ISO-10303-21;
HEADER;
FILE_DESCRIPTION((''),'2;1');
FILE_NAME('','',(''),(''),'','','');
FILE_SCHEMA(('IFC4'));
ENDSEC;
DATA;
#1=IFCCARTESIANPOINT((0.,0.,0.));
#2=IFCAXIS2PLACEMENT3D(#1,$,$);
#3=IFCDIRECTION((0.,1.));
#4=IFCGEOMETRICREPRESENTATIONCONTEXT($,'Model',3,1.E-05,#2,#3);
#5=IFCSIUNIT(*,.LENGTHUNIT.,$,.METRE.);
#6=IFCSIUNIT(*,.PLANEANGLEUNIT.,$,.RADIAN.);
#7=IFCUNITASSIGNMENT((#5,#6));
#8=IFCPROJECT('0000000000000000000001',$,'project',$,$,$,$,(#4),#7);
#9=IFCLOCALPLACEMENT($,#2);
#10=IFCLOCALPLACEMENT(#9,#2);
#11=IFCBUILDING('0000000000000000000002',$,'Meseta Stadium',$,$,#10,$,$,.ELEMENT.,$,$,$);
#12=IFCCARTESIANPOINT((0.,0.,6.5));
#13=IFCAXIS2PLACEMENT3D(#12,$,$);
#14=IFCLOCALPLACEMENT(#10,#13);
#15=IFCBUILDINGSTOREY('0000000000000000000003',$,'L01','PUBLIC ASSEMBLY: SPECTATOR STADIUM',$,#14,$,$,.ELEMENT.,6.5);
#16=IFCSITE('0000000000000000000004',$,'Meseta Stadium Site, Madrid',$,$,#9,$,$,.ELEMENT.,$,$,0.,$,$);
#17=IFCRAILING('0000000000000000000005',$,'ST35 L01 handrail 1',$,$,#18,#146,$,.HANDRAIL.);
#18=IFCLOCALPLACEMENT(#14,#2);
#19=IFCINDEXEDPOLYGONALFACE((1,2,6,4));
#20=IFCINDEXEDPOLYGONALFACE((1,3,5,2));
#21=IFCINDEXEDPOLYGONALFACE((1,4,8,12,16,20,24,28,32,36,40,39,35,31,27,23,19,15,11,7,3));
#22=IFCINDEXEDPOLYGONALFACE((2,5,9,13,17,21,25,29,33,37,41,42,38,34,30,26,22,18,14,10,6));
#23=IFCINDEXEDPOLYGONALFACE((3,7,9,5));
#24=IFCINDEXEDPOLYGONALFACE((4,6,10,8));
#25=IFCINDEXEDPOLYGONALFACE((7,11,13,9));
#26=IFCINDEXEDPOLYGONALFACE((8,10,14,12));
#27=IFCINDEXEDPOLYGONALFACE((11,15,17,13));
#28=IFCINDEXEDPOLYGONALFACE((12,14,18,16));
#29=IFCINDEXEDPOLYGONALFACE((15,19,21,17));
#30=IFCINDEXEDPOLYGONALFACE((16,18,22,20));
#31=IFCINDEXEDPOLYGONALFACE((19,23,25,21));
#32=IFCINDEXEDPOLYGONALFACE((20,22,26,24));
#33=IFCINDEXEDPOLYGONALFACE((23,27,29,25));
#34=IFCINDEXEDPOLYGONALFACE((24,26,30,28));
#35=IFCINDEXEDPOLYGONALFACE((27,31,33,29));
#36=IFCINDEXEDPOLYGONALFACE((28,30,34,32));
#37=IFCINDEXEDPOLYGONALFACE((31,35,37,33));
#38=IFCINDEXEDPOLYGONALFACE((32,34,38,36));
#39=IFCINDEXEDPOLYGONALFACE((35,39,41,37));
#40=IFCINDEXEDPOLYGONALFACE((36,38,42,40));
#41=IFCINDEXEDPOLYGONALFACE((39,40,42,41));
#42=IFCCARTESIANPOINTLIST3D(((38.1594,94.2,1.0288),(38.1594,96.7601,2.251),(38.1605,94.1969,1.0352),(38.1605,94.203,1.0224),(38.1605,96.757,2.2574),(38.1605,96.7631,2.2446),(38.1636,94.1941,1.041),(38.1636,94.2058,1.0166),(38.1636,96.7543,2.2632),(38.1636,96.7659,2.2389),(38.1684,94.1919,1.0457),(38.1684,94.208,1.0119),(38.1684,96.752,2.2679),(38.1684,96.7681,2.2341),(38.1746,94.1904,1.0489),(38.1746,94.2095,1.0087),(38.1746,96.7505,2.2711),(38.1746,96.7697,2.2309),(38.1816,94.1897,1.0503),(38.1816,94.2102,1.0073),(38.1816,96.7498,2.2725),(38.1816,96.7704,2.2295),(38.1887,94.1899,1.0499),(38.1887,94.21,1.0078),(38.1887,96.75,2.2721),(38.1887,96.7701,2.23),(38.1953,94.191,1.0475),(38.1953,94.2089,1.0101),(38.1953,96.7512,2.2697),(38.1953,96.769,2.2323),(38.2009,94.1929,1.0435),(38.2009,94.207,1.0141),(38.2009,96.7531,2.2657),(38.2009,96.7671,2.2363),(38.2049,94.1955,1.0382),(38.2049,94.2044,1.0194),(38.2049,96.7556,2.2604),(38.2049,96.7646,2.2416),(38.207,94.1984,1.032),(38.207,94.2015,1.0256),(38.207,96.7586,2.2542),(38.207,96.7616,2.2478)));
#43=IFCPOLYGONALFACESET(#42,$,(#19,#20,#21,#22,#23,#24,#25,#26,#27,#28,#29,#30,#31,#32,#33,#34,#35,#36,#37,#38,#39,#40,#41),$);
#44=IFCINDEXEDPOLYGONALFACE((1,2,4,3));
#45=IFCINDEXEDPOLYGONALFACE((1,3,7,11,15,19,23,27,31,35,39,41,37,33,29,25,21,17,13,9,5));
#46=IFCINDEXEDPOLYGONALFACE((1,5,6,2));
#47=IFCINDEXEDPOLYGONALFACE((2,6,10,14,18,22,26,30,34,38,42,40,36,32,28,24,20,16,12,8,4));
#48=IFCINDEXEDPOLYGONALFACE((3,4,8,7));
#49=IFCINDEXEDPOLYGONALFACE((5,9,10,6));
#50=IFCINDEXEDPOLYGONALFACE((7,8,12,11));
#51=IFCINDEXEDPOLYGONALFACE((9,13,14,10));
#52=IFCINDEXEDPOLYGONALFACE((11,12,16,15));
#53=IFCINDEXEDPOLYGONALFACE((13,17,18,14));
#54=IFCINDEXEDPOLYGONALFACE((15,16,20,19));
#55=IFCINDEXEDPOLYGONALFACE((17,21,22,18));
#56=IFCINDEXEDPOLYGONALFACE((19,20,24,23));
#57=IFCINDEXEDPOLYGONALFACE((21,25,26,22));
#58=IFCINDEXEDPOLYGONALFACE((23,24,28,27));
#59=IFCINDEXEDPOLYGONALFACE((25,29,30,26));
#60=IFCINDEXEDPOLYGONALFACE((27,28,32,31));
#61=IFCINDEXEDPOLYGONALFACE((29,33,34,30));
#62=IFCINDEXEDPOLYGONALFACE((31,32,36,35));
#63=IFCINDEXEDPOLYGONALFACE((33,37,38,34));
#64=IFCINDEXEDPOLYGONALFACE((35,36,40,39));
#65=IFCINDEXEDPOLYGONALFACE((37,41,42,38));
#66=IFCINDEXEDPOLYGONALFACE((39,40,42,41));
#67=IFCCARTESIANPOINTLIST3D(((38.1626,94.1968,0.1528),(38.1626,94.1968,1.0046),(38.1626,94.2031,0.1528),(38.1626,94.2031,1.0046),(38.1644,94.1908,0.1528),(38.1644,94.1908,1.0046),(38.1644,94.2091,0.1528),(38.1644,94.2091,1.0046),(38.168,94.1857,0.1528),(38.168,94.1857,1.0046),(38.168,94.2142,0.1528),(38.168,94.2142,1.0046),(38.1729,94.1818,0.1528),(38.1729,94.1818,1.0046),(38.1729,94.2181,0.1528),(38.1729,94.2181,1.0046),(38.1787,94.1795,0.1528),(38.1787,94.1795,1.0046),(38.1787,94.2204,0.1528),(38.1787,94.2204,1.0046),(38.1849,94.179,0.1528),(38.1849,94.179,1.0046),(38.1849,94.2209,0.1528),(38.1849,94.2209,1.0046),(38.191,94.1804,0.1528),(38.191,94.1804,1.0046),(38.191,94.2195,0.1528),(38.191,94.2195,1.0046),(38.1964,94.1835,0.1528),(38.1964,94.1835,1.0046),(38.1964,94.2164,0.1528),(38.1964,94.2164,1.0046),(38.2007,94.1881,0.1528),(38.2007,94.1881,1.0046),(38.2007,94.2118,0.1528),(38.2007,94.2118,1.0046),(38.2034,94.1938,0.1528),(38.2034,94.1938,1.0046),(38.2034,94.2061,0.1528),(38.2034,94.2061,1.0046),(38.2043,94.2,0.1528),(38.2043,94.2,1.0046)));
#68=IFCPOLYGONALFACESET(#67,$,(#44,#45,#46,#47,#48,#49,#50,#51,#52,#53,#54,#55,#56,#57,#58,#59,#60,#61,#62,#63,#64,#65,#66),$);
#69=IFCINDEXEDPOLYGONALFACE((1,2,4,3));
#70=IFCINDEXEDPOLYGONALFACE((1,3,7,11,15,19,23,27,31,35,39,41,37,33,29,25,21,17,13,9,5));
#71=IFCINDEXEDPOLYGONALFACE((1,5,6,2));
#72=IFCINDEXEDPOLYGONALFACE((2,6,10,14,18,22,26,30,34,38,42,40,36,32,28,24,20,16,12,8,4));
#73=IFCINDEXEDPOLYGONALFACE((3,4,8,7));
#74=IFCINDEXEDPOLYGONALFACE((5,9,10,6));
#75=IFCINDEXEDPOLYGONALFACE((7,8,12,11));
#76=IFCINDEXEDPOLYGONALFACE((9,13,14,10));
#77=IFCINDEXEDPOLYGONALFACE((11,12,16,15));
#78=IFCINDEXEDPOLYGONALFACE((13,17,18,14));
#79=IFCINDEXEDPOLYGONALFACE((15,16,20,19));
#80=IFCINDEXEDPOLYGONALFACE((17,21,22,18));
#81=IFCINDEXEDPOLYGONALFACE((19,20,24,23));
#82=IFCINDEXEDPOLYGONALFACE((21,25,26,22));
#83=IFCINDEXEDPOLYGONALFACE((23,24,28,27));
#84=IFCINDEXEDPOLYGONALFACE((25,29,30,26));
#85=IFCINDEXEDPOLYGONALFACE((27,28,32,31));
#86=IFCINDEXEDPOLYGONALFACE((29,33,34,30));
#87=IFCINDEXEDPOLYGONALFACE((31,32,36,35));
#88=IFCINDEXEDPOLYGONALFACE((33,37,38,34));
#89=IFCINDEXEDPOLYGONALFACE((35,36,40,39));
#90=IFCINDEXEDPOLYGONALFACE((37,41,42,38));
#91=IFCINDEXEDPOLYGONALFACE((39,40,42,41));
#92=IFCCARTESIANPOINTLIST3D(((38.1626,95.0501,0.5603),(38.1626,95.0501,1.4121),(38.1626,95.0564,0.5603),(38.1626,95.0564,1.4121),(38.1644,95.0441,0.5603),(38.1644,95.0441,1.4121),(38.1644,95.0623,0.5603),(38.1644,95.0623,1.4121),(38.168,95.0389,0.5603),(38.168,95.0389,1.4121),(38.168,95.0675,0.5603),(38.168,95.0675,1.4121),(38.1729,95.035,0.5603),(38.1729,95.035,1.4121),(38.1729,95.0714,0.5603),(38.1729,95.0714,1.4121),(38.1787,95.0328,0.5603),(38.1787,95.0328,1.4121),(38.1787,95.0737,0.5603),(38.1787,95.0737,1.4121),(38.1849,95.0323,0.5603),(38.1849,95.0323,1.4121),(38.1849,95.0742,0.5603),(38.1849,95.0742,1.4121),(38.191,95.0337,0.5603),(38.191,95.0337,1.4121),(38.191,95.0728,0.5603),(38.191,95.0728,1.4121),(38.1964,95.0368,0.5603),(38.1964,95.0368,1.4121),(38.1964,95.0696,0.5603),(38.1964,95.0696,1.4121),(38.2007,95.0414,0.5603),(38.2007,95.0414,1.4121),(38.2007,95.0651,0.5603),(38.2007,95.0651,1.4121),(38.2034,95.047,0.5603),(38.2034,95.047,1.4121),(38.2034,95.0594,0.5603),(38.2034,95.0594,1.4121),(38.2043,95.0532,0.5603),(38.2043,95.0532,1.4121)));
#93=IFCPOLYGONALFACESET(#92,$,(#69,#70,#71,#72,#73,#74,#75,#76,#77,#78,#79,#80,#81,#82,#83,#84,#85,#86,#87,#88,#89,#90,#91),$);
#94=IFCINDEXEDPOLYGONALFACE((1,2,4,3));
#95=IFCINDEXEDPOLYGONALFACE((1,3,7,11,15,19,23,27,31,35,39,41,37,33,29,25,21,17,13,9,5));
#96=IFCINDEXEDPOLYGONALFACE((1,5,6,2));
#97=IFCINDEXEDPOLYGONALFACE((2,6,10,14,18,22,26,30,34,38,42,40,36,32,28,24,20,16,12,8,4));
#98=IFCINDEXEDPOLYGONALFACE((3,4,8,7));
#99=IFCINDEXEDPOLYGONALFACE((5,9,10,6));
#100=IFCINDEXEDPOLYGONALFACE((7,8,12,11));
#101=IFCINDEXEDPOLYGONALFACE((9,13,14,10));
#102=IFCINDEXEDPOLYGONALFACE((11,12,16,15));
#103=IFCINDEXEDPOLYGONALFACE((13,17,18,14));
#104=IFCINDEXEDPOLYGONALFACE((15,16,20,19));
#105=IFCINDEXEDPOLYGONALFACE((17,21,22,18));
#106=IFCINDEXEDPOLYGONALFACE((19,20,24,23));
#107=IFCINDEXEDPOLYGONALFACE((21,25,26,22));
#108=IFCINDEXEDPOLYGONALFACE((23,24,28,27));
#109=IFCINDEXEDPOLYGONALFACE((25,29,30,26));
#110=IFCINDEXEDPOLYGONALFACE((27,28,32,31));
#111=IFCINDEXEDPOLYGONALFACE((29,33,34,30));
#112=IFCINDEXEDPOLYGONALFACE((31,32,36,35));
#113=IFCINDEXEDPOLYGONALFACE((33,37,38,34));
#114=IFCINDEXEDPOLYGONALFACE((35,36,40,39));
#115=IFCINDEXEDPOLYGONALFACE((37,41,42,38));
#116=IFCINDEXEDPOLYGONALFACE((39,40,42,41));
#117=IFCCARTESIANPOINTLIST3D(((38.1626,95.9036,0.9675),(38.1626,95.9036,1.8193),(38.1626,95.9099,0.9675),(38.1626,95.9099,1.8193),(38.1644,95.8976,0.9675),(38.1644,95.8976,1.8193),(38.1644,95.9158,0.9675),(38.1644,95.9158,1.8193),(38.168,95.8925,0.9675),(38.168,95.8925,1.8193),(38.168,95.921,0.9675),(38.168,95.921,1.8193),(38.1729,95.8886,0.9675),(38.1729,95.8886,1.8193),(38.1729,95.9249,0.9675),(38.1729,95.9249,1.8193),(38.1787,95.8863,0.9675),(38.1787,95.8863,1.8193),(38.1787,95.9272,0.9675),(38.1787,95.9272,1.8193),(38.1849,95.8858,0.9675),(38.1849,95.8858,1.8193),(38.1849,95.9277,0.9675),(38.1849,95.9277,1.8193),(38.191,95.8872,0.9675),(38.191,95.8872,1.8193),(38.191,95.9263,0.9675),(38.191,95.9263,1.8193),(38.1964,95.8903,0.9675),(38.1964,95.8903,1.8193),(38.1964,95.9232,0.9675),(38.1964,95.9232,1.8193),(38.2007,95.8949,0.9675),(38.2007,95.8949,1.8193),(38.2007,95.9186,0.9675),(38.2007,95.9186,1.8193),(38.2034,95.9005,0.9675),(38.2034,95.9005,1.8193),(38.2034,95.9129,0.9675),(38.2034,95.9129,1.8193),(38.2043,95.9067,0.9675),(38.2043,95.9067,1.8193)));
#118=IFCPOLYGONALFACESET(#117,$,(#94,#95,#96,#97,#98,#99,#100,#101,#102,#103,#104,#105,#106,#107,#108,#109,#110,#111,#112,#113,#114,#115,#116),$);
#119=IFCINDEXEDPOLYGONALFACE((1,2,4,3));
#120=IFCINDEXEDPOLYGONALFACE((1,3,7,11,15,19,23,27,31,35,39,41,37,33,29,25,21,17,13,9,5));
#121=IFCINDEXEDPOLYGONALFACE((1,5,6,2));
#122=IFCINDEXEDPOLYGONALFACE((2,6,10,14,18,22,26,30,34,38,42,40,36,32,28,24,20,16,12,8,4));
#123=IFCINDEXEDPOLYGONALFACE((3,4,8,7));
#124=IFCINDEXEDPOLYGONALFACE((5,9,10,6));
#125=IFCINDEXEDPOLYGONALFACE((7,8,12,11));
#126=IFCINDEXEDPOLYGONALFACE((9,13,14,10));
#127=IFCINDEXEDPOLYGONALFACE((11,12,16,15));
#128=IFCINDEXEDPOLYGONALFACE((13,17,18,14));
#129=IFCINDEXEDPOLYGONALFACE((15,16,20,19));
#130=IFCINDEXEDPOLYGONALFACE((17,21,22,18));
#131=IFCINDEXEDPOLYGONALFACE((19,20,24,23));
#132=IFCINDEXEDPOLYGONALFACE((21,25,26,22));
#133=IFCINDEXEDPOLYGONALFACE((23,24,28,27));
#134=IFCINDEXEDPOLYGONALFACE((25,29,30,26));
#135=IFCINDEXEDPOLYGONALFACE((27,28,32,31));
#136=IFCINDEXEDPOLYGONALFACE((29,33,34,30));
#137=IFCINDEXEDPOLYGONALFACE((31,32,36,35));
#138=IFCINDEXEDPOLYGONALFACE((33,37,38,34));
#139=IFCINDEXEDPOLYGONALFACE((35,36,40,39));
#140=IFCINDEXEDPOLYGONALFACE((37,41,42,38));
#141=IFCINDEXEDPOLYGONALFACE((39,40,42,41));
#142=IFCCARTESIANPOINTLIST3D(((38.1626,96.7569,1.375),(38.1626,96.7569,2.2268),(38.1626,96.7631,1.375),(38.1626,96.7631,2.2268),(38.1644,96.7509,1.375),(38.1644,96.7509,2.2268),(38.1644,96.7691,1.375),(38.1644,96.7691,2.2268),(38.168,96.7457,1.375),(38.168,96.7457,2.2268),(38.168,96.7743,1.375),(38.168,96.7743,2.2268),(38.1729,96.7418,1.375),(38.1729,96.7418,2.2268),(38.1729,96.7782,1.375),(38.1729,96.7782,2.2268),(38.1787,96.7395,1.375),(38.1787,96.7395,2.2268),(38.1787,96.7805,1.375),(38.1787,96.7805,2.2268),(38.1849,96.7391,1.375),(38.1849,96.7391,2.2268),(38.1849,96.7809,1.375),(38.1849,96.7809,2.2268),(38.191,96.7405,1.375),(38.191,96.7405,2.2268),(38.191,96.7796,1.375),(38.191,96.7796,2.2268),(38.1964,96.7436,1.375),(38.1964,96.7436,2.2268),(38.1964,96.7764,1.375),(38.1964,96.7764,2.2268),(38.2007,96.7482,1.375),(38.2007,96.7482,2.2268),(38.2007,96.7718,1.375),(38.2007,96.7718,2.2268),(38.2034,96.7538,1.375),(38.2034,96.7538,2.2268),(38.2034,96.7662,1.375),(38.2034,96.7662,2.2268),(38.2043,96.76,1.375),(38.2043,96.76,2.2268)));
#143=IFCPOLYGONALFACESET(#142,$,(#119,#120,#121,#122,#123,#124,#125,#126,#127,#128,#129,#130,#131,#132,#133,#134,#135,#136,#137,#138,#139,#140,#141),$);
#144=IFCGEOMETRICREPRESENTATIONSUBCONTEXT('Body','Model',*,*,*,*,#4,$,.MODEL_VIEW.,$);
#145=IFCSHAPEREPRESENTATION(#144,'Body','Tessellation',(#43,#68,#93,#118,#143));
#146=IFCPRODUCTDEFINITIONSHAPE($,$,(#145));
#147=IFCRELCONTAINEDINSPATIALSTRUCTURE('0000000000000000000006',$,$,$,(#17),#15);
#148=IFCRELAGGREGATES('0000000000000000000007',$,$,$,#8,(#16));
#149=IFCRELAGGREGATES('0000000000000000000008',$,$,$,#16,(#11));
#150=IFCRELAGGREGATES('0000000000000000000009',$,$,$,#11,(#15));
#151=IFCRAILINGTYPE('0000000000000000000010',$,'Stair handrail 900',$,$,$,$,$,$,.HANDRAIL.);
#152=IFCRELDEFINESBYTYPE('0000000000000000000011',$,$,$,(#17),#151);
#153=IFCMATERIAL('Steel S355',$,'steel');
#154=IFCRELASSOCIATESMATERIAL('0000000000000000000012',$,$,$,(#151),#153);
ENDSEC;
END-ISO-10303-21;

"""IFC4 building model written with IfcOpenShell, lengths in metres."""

from ifc_helpers import new_model, si_unit, direction, frame, origin, origin_2d, place, context, subcontext, project, spatial, circle, extrude, material, type_object, element, save


model = new_model("IFC4")

# Units and contexts
model_context = context("Model", 3, precision=1e-05, world=origin(), true_north=direction((0.0, 1.0)))
body_context = subcontext(model_context, "Body", "Model", "MODEL_VIEW")
ifc_project = project(units=[si_unit("LENGTHUNIT", "METRE"), si_unit("PLANEANGLEUNIT", "RADIAN")], contexts=[model_context])

# Site, building, storey
site_placement = place(None, origin())
site = spatial("IfcSite", under=ifc_project, at=site_placement, Name="Meseta Stadium Site, Madrid", CompositionType="ELEMENT", RefElevation=0.0)
building_placement = place(site_placement, origin())
building = spatial("IfcBuilding", under=site, at=building_placement, Name="Meseta Stadium", CompositionType="ELEMENT")
storey_placement = place(building_placement, frame((0.0, 0.0, 6.5)))
storey = spatial("IfcBuildingStorey", under=building, at=storey_placement, Name="L01", Description="PUBLIC ASSEMBLY: SPECTATOR STADIUM", CompositionType="ELEMENT", Elevation=6.5)

# Railing
ifc_material_1 = material(Name="Steel S355", Category="steel")
railing_type_1 = type_object("IfcRailingType", Name="Stair handrail 900", PredefinedType="HANDRAIL", material=ifc_material_1)
for number, where, name in (
    (1, (38.1833, 94.2, 0.1528), "ST35 L01 handrail 1"),
):
    element("IfcRailing", number, at=place(storey_placement, frame(where)), inside=storey, type_object=railing_type_1, Name=name, PredefinedType="HANDRAIL", context=body_context, shape_type="SweptSolid", body=[
        extrude(circle(Radius=0.0239, at=origin_2d()), frame((0.0, 0.0, 0.876), z_axis=(0.0, 0.902437, 0.430822), x_axis=(-1.0, 0.0, 0.0)), (0.0, 0.0, 1.0), 2.8369),
        extrude(circle(Radius=0.021, at=origin_2d()), origin(), (0.0, 0.0, 1.0), 0.8518),
        extrude(circle(Radius=0.021, at=origin_2d()), frame((0.0, 0.8533, 0.4075)), (0.0, 0.0, 1.0), 0.8518),
        extrude(circle(Radius=0.021, at=origin_2d()), frame((0.0, 1.7068, 0.8147)), (0.0, 0.0, 1.0), 0.8518),
        extrude(circle(Radius=0.021, at=origin_2d()), frame((0.0, 2.5601, 1.2222)), (0.0, 0.0, 1.0), 0.8518),
    ])

save(model, "model.ifc")
